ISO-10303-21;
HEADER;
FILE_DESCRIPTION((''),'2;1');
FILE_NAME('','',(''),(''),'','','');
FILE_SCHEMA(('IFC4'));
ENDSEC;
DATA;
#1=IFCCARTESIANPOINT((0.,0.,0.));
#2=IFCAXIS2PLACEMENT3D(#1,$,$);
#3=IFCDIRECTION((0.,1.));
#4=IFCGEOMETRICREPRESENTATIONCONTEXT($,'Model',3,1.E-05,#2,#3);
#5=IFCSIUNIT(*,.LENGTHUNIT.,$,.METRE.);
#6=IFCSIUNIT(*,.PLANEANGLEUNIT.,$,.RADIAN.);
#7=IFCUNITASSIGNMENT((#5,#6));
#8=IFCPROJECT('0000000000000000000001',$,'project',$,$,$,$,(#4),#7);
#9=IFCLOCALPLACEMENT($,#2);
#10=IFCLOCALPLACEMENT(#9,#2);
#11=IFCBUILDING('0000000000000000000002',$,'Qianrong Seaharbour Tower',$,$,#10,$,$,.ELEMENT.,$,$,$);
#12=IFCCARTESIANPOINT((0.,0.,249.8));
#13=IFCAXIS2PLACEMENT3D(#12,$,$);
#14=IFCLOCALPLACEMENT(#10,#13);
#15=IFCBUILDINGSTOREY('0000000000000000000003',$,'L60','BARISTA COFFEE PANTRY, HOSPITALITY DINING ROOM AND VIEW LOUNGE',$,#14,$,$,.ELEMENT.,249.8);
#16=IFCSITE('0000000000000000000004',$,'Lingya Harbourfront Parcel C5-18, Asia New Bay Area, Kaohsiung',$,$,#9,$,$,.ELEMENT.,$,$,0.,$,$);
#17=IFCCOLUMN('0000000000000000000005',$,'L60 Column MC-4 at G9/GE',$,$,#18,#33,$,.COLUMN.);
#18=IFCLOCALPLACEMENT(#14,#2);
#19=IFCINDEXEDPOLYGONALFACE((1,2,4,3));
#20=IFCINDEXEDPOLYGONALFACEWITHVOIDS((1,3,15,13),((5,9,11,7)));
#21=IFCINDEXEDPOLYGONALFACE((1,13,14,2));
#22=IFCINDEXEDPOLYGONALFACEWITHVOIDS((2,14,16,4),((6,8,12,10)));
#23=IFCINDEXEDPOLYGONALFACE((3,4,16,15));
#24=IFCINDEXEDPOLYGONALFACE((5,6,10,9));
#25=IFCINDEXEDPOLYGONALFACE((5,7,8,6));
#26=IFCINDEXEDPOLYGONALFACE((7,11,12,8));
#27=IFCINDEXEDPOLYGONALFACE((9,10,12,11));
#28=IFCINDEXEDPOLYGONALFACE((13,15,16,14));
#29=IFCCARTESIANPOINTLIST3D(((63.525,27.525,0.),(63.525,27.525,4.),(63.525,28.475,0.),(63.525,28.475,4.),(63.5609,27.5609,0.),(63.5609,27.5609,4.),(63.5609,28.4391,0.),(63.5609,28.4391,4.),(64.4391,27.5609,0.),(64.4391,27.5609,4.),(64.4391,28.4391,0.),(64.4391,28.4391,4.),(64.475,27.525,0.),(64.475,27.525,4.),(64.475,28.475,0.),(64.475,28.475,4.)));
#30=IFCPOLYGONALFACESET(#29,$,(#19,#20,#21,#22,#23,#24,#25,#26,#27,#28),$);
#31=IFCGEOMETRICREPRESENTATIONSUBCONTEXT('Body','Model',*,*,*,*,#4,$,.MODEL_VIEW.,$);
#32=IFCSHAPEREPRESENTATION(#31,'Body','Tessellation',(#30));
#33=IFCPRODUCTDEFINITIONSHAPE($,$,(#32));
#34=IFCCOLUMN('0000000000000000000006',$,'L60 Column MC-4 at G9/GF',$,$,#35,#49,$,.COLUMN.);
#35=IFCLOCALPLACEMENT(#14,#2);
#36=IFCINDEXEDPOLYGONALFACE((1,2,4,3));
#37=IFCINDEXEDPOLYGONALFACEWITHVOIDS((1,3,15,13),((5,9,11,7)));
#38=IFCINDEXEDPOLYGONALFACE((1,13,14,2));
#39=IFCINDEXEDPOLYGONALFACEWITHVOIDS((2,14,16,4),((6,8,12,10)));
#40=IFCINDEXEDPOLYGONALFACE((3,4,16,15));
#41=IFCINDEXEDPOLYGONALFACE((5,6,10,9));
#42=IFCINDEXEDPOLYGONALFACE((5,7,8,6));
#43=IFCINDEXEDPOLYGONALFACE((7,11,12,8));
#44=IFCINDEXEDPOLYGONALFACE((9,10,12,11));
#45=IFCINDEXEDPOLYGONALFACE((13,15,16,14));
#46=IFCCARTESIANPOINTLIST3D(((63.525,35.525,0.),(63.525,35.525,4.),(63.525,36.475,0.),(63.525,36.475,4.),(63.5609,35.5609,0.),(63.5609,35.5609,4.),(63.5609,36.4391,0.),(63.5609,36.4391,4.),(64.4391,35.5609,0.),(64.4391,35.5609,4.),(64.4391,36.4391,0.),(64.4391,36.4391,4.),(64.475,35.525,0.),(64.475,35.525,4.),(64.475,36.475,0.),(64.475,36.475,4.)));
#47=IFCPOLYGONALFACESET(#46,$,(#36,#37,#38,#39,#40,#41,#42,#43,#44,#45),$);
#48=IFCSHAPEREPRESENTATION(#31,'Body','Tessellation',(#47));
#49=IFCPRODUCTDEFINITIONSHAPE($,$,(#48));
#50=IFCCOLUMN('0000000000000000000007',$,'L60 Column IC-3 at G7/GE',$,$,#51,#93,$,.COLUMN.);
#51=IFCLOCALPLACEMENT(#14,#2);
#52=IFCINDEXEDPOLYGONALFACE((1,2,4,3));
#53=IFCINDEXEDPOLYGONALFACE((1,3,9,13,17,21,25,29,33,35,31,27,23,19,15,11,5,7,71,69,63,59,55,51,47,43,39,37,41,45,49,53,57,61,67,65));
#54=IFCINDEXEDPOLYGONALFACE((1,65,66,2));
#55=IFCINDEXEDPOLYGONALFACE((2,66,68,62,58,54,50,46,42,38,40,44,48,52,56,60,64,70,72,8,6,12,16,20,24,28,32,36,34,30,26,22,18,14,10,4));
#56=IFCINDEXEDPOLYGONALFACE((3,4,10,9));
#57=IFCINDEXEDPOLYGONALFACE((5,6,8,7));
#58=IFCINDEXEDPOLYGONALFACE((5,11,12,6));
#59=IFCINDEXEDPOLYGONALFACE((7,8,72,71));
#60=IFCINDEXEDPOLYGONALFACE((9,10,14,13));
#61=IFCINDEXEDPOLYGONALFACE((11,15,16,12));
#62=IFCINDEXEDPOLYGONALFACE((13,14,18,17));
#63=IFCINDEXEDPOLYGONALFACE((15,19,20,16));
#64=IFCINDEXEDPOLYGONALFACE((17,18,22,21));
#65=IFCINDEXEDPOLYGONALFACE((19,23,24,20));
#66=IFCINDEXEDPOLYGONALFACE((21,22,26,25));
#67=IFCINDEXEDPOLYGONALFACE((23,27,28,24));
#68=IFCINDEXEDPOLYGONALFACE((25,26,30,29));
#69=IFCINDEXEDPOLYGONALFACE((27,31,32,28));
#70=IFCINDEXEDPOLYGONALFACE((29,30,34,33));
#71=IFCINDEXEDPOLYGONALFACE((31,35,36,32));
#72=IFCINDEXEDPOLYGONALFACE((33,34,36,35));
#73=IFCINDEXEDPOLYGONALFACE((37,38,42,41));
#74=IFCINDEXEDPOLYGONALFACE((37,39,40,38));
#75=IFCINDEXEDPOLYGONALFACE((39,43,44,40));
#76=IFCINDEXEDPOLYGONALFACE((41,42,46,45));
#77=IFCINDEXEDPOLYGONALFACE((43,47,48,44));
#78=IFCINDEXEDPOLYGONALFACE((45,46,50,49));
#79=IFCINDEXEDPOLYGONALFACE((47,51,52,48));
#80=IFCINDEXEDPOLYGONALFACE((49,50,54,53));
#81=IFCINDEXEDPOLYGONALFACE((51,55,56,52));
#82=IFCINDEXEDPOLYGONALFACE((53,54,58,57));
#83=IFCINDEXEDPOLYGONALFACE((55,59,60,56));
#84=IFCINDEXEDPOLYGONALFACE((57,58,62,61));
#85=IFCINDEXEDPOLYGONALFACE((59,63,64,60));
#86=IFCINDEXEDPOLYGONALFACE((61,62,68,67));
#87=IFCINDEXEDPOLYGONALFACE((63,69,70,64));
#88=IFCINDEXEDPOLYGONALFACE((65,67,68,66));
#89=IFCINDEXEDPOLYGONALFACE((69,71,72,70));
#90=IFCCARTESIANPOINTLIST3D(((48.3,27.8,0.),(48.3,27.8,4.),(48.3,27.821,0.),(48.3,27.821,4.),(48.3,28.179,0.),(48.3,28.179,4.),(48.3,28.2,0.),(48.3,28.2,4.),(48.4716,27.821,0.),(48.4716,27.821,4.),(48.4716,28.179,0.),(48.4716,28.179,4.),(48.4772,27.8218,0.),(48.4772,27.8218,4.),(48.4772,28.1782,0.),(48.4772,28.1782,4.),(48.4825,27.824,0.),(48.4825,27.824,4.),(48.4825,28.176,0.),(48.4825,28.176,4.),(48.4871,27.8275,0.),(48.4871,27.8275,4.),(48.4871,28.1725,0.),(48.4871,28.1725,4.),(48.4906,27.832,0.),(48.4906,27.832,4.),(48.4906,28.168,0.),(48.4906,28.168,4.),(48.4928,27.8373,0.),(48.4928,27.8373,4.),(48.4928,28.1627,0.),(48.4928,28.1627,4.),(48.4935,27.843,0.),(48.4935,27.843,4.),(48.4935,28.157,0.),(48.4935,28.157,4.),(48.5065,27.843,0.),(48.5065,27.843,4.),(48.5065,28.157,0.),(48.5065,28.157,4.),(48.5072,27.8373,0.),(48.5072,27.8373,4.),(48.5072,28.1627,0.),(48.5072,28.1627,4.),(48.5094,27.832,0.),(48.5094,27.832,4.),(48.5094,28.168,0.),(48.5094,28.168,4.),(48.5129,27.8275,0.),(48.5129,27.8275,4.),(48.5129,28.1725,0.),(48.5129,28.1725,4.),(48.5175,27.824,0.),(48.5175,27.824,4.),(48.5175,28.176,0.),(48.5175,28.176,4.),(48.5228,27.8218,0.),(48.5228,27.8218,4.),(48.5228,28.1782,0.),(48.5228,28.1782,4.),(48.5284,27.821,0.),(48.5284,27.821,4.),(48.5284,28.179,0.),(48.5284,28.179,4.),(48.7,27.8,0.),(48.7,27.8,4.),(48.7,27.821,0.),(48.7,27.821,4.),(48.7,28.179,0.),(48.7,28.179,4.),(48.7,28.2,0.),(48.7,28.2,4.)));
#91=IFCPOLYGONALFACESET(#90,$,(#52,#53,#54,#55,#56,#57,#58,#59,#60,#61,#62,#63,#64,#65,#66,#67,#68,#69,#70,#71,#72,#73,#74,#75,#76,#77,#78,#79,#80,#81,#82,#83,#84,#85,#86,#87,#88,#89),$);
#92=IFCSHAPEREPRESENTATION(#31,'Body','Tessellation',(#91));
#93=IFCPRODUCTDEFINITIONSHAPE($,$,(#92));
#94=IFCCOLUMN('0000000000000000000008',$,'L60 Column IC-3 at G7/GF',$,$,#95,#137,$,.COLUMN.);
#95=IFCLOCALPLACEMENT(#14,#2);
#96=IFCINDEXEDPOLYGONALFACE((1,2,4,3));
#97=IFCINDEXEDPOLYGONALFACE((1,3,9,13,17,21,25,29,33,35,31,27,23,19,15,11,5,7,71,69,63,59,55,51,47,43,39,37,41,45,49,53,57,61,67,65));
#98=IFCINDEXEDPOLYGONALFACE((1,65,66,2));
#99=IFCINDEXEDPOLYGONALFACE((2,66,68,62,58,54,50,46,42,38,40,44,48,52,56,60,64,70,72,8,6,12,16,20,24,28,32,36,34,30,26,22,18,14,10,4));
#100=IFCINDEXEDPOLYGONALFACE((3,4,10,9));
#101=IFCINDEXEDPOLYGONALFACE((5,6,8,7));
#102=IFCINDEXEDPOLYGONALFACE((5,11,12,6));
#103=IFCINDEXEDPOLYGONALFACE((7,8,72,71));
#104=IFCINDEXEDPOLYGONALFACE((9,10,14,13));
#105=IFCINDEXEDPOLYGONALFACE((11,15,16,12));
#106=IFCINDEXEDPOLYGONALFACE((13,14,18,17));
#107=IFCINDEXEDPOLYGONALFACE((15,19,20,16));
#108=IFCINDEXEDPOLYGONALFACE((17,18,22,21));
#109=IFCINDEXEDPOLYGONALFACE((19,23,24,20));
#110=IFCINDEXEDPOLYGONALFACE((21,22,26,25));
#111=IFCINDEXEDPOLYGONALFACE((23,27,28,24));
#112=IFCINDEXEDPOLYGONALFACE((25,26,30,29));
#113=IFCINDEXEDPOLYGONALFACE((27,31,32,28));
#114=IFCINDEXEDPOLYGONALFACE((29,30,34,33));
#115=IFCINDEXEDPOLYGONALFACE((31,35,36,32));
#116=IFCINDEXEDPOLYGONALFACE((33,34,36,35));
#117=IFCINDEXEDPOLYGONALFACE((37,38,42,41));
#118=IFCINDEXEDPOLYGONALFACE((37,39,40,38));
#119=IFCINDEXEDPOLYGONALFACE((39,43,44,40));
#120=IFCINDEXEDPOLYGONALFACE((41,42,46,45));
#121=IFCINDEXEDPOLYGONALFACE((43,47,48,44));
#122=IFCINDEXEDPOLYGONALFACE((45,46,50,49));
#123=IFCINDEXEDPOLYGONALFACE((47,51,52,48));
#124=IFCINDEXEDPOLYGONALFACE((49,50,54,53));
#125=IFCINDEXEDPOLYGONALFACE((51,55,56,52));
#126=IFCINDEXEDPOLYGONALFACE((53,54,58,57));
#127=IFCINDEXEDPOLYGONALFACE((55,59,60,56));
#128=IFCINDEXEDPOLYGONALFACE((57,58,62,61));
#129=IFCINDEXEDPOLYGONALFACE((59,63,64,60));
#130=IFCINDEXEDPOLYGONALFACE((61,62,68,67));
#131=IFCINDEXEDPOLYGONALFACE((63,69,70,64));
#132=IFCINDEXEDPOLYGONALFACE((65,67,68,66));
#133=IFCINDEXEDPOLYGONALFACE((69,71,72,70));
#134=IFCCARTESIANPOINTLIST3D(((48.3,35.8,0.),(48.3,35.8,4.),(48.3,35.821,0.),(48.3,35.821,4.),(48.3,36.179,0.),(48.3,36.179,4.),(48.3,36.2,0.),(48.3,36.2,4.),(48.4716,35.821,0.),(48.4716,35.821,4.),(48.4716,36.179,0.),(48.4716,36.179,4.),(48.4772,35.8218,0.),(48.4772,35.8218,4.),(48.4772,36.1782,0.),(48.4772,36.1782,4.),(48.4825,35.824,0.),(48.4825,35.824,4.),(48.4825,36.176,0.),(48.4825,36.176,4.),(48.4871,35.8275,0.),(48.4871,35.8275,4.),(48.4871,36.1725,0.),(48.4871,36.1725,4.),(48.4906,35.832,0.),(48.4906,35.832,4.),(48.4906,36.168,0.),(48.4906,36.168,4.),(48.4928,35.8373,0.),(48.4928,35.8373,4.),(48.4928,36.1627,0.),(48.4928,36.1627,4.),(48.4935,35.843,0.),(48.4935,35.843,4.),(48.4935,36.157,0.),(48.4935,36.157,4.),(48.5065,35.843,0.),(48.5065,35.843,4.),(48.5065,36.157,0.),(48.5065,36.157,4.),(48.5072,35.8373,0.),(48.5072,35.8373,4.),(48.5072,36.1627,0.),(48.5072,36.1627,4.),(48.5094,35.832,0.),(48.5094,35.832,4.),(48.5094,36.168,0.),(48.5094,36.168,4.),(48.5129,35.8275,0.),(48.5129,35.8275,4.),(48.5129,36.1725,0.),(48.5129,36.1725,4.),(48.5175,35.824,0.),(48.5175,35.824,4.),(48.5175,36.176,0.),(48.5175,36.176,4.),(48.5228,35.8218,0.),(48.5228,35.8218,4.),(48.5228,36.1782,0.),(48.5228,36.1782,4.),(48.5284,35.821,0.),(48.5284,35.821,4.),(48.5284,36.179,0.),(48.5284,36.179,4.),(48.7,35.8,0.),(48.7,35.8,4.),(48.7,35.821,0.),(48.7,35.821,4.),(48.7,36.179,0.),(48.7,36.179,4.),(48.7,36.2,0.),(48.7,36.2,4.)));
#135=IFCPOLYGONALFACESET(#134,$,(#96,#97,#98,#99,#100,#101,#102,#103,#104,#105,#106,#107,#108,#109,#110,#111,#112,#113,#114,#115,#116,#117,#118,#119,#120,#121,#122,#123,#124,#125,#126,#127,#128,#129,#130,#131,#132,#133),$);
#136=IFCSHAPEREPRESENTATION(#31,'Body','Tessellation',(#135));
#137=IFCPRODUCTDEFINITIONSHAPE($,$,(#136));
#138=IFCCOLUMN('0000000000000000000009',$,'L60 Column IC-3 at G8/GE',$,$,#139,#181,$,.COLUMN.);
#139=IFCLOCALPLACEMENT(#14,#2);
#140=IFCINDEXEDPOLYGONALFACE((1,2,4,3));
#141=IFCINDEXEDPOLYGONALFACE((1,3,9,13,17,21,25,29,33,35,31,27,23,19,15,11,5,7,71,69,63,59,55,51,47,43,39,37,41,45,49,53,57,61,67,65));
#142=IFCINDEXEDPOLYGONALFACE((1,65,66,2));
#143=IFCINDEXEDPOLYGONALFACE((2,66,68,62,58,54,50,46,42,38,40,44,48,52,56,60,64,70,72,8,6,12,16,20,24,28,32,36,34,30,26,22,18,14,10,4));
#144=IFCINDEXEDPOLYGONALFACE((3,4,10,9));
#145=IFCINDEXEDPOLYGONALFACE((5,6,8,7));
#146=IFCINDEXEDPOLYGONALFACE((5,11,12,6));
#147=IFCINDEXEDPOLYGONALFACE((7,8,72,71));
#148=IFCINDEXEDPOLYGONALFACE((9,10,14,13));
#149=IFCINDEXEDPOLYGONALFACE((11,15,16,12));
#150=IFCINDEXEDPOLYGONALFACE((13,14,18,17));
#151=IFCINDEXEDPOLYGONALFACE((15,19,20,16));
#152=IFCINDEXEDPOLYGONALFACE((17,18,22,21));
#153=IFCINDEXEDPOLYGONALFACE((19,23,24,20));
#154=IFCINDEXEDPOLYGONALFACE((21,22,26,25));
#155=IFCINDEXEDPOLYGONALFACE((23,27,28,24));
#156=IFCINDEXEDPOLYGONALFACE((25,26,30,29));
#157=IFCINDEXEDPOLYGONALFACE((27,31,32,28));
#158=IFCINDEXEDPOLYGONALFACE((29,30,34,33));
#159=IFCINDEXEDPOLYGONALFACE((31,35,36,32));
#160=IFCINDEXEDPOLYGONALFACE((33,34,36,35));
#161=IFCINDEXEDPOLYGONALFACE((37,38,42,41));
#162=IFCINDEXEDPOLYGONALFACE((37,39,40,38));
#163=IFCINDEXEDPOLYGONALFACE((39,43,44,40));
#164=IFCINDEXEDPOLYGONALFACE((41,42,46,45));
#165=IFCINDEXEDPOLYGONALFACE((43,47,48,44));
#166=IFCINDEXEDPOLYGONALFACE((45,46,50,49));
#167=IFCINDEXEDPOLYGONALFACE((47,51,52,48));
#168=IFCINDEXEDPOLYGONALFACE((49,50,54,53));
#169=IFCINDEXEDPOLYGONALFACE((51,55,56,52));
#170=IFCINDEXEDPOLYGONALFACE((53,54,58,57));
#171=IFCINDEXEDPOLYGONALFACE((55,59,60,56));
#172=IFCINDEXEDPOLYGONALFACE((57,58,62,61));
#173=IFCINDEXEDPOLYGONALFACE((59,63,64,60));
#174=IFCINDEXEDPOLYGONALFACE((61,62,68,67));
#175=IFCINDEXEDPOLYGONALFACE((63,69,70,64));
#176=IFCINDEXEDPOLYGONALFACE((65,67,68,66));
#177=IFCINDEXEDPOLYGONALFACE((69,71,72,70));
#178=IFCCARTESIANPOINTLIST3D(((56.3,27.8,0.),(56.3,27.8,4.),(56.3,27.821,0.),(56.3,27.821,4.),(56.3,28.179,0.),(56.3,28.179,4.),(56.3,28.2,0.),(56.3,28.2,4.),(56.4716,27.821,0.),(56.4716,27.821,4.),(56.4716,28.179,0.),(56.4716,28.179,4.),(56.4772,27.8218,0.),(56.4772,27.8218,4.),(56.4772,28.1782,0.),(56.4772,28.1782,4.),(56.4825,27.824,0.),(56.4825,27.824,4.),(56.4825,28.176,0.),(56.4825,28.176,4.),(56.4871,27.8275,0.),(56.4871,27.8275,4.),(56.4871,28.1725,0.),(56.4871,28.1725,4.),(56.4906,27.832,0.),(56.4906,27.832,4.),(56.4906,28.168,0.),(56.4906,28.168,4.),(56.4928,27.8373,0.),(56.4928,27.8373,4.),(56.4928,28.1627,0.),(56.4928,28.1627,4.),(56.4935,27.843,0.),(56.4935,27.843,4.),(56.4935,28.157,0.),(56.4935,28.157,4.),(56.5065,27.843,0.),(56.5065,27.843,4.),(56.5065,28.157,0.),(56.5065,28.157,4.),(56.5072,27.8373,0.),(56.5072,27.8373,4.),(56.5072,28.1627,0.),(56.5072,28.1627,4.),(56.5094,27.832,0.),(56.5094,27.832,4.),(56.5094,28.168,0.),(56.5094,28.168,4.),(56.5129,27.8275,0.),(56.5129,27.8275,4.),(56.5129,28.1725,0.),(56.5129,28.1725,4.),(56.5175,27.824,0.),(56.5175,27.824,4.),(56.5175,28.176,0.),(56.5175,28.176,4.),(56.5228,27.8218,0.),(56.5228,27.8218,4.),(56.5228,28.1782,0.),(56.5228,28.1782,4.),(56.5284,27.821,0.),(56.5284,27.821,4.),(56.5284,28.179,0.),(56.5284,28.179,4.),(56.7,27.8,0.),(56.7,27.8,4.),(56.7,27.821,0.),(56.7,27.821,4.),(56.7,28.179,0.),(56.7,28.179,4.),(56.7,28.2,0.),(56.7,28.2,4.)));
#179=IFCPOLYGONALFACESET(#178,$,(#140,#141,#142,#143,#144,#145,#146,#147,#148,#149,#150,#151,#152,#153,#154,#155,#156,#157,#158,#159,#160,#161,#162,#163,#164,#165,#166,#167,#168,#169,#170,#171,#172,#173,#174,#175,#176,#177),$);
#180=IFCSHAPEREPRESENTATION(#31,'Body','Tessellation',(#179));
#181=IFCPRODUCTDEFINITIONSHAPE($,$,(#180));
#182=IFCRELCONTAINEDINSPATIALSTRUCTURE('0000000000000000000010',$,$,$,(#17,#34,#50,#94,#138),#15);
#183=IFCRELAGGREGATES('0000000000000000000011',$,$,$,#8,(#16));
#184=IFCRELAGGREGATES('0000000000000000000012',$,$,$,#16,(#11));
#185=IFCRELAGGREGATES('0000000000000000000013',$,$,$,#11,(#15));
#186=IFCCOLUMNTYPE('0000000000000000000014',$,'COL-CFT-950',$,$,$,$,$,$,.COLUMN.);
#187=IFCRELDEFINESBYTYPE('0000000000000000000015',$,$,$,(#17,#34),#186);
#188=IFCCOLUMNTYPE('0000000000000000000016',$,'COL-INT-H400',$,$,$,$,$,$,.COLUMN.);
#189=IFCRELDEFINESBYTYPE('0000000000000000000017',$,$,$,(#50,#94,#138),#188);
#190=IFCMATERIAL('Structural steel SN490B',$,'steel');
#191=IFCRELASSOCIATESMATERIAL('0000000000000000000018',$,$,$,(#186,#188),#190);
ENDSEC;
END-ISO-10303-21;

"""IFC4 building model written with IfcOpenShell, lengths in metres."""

from ifc_helpers import new_model, si_unit, direction, frame, origin, origin_2d, place, context, subcontext, project, spatial, hollow_rectangle, i_section, extrude, material, material_profile, profile_set, type_object, element, save


model = new_model("IFC4")

# Units and contexts
model_context = context("Model", 3, precision=1e-05, world=origin(), true_north=direction((0.0, 1.0)))
body_context = subcontext(model_context, "Body", "Model", "MODEL_VIEW")
ifc_project = project(units=[si_unit("LENGTHUNIT", "METRE"), si_unit("PLANEANGLEUNIT", "RADIAN")], contexts=[model_context])

# Site, building, storey
site_placement = place(None, origin())
site = spatial("IfcSite", under=ifc_project, at=site_placement, Name="Lingya Harbourfront Parcel C5-18, Asia New Bay Area, Kaohsiung", CompositionType="ELEMENT", RefElevation=0.0)
building_placement = place(site_placement, origin())
building = spatial("IfcBuilding", under=site, at=building_placement, Name="Qianrong Seaharbour Tower", CompositionType="ELEMENT")
storey_placement = place(building_placement, frame((0.0, 0.0, 249.8)))
storey = spatial("IfcBuildingStorey", under=building, at=storey_placement, Name="L60", Description="BARISTA COFFEE PANTRY, HOSPITALITY DINING ROOM AND VIEW LOUNGE", CompositionType="ELEMENT", Elevation=249.8)

# Columns
ifc_material_1 = material(Name="Structural steel SN490B", Category="steel")
ifc_material_profile_1 = material_profile(ifc_material_1, hollow_rectangle(XDim=0.95, YDim=0.95, WallThickness=0.0359, at=origin_2d()), Name="BOX950x950x36")
ifc_profile_set_1 = profile_set([ifc_material_profile_1], Name="Structural steel SN490B")
column_type_1 = type_object("IfcColumnType", Name="COL-CFT-950", PredefinedType="COLUMN", material=ifc_profile_set_1)
for number, where, z_axis, x_axis, name in (
    (1, (64.0, 28.0, 0.0), (0.0, 0.0, 1.0), (1.0, 0.0, 0.0), "L60 Column MC-4 at G9/GE"),
    (2, (64.0, 36.0, 0.0), (0.0, 0.0, 1.0), (1.0, 0.0, 0.0), "L60 Column MC-4 at G9/GF"),
):
    element("IfcColumn", number, at=place(storey_placement, frame(where, z_axis=z_axis, x_axis=x_axis)), inside=storey, type_object=column_type_1, Name=name, PredefinedType="COLUMN", context=body_context, shape_type="SweptSolid", body=[
        extrude(hollow_rectangle(XDim=0.95, YDim=0.95, WallThickness=0.0359, at=origin_2d()), origin(), (0.0, 0.0, 1.0), 4.0),
    ])
ifc_material_profile_2 = material_profile(ifc_material_1, i_section(OverallWidth=0.3999, OverallDepth=0.3999, WebThickness=0.0129, FlangeThickness=0.021, FilletRadius=0.022, at=origin_2d()), Name="H400x400x13x21")
ifc_profile_set_2 = profile_set([ifc_material_profile_2], Name="Structural steel SN490B")
column_type_2 = type_object("IfcColumnType", Name="COL-INT-H400", PredefinedType="COLUMN", material=ifc_profile_set_2)
for number, where, z_axis, x_axis, name in (
    (3, (48.5, 28.0, 0.0), (0.0, 0.0, 1.0), (1.0, 0.0, 0.0), "L60 Column IC-3 at G7/GE"),
    (4, (48.5, 36.0, 0.0), (0.0, 0.0, 1.0), (1.0, 0.0, 0.0), "L60 Column IC-3 at G7/GF"),
    (5, (56.5, 28.0, 0.0), (0.0, 0.0, 1.0), (1.0, 0.0, 0.0), "L60 Column IC-3 at G8/GE"),
):
    element("IfcColumn", number, at=place(storey_placement, frame(where, z_axis=z_axis, x_axis=x_axis)), inside=storey, type_object=column_type_2, Name=name, PredefinedType="COLUMN", context=body_context, shape_type="SweptSolid", body=[
        extrude(i_section(OverallWidth=0.3999, OverallDepth=0.3999, WebThickness=0.0129, FlangeThickness=0.021, FilletRadius=0.022, at=origin_2d()), origin(), (0.0, 0.0, 1.0), 4.0),
    ])

save(model, "model.ifc")
